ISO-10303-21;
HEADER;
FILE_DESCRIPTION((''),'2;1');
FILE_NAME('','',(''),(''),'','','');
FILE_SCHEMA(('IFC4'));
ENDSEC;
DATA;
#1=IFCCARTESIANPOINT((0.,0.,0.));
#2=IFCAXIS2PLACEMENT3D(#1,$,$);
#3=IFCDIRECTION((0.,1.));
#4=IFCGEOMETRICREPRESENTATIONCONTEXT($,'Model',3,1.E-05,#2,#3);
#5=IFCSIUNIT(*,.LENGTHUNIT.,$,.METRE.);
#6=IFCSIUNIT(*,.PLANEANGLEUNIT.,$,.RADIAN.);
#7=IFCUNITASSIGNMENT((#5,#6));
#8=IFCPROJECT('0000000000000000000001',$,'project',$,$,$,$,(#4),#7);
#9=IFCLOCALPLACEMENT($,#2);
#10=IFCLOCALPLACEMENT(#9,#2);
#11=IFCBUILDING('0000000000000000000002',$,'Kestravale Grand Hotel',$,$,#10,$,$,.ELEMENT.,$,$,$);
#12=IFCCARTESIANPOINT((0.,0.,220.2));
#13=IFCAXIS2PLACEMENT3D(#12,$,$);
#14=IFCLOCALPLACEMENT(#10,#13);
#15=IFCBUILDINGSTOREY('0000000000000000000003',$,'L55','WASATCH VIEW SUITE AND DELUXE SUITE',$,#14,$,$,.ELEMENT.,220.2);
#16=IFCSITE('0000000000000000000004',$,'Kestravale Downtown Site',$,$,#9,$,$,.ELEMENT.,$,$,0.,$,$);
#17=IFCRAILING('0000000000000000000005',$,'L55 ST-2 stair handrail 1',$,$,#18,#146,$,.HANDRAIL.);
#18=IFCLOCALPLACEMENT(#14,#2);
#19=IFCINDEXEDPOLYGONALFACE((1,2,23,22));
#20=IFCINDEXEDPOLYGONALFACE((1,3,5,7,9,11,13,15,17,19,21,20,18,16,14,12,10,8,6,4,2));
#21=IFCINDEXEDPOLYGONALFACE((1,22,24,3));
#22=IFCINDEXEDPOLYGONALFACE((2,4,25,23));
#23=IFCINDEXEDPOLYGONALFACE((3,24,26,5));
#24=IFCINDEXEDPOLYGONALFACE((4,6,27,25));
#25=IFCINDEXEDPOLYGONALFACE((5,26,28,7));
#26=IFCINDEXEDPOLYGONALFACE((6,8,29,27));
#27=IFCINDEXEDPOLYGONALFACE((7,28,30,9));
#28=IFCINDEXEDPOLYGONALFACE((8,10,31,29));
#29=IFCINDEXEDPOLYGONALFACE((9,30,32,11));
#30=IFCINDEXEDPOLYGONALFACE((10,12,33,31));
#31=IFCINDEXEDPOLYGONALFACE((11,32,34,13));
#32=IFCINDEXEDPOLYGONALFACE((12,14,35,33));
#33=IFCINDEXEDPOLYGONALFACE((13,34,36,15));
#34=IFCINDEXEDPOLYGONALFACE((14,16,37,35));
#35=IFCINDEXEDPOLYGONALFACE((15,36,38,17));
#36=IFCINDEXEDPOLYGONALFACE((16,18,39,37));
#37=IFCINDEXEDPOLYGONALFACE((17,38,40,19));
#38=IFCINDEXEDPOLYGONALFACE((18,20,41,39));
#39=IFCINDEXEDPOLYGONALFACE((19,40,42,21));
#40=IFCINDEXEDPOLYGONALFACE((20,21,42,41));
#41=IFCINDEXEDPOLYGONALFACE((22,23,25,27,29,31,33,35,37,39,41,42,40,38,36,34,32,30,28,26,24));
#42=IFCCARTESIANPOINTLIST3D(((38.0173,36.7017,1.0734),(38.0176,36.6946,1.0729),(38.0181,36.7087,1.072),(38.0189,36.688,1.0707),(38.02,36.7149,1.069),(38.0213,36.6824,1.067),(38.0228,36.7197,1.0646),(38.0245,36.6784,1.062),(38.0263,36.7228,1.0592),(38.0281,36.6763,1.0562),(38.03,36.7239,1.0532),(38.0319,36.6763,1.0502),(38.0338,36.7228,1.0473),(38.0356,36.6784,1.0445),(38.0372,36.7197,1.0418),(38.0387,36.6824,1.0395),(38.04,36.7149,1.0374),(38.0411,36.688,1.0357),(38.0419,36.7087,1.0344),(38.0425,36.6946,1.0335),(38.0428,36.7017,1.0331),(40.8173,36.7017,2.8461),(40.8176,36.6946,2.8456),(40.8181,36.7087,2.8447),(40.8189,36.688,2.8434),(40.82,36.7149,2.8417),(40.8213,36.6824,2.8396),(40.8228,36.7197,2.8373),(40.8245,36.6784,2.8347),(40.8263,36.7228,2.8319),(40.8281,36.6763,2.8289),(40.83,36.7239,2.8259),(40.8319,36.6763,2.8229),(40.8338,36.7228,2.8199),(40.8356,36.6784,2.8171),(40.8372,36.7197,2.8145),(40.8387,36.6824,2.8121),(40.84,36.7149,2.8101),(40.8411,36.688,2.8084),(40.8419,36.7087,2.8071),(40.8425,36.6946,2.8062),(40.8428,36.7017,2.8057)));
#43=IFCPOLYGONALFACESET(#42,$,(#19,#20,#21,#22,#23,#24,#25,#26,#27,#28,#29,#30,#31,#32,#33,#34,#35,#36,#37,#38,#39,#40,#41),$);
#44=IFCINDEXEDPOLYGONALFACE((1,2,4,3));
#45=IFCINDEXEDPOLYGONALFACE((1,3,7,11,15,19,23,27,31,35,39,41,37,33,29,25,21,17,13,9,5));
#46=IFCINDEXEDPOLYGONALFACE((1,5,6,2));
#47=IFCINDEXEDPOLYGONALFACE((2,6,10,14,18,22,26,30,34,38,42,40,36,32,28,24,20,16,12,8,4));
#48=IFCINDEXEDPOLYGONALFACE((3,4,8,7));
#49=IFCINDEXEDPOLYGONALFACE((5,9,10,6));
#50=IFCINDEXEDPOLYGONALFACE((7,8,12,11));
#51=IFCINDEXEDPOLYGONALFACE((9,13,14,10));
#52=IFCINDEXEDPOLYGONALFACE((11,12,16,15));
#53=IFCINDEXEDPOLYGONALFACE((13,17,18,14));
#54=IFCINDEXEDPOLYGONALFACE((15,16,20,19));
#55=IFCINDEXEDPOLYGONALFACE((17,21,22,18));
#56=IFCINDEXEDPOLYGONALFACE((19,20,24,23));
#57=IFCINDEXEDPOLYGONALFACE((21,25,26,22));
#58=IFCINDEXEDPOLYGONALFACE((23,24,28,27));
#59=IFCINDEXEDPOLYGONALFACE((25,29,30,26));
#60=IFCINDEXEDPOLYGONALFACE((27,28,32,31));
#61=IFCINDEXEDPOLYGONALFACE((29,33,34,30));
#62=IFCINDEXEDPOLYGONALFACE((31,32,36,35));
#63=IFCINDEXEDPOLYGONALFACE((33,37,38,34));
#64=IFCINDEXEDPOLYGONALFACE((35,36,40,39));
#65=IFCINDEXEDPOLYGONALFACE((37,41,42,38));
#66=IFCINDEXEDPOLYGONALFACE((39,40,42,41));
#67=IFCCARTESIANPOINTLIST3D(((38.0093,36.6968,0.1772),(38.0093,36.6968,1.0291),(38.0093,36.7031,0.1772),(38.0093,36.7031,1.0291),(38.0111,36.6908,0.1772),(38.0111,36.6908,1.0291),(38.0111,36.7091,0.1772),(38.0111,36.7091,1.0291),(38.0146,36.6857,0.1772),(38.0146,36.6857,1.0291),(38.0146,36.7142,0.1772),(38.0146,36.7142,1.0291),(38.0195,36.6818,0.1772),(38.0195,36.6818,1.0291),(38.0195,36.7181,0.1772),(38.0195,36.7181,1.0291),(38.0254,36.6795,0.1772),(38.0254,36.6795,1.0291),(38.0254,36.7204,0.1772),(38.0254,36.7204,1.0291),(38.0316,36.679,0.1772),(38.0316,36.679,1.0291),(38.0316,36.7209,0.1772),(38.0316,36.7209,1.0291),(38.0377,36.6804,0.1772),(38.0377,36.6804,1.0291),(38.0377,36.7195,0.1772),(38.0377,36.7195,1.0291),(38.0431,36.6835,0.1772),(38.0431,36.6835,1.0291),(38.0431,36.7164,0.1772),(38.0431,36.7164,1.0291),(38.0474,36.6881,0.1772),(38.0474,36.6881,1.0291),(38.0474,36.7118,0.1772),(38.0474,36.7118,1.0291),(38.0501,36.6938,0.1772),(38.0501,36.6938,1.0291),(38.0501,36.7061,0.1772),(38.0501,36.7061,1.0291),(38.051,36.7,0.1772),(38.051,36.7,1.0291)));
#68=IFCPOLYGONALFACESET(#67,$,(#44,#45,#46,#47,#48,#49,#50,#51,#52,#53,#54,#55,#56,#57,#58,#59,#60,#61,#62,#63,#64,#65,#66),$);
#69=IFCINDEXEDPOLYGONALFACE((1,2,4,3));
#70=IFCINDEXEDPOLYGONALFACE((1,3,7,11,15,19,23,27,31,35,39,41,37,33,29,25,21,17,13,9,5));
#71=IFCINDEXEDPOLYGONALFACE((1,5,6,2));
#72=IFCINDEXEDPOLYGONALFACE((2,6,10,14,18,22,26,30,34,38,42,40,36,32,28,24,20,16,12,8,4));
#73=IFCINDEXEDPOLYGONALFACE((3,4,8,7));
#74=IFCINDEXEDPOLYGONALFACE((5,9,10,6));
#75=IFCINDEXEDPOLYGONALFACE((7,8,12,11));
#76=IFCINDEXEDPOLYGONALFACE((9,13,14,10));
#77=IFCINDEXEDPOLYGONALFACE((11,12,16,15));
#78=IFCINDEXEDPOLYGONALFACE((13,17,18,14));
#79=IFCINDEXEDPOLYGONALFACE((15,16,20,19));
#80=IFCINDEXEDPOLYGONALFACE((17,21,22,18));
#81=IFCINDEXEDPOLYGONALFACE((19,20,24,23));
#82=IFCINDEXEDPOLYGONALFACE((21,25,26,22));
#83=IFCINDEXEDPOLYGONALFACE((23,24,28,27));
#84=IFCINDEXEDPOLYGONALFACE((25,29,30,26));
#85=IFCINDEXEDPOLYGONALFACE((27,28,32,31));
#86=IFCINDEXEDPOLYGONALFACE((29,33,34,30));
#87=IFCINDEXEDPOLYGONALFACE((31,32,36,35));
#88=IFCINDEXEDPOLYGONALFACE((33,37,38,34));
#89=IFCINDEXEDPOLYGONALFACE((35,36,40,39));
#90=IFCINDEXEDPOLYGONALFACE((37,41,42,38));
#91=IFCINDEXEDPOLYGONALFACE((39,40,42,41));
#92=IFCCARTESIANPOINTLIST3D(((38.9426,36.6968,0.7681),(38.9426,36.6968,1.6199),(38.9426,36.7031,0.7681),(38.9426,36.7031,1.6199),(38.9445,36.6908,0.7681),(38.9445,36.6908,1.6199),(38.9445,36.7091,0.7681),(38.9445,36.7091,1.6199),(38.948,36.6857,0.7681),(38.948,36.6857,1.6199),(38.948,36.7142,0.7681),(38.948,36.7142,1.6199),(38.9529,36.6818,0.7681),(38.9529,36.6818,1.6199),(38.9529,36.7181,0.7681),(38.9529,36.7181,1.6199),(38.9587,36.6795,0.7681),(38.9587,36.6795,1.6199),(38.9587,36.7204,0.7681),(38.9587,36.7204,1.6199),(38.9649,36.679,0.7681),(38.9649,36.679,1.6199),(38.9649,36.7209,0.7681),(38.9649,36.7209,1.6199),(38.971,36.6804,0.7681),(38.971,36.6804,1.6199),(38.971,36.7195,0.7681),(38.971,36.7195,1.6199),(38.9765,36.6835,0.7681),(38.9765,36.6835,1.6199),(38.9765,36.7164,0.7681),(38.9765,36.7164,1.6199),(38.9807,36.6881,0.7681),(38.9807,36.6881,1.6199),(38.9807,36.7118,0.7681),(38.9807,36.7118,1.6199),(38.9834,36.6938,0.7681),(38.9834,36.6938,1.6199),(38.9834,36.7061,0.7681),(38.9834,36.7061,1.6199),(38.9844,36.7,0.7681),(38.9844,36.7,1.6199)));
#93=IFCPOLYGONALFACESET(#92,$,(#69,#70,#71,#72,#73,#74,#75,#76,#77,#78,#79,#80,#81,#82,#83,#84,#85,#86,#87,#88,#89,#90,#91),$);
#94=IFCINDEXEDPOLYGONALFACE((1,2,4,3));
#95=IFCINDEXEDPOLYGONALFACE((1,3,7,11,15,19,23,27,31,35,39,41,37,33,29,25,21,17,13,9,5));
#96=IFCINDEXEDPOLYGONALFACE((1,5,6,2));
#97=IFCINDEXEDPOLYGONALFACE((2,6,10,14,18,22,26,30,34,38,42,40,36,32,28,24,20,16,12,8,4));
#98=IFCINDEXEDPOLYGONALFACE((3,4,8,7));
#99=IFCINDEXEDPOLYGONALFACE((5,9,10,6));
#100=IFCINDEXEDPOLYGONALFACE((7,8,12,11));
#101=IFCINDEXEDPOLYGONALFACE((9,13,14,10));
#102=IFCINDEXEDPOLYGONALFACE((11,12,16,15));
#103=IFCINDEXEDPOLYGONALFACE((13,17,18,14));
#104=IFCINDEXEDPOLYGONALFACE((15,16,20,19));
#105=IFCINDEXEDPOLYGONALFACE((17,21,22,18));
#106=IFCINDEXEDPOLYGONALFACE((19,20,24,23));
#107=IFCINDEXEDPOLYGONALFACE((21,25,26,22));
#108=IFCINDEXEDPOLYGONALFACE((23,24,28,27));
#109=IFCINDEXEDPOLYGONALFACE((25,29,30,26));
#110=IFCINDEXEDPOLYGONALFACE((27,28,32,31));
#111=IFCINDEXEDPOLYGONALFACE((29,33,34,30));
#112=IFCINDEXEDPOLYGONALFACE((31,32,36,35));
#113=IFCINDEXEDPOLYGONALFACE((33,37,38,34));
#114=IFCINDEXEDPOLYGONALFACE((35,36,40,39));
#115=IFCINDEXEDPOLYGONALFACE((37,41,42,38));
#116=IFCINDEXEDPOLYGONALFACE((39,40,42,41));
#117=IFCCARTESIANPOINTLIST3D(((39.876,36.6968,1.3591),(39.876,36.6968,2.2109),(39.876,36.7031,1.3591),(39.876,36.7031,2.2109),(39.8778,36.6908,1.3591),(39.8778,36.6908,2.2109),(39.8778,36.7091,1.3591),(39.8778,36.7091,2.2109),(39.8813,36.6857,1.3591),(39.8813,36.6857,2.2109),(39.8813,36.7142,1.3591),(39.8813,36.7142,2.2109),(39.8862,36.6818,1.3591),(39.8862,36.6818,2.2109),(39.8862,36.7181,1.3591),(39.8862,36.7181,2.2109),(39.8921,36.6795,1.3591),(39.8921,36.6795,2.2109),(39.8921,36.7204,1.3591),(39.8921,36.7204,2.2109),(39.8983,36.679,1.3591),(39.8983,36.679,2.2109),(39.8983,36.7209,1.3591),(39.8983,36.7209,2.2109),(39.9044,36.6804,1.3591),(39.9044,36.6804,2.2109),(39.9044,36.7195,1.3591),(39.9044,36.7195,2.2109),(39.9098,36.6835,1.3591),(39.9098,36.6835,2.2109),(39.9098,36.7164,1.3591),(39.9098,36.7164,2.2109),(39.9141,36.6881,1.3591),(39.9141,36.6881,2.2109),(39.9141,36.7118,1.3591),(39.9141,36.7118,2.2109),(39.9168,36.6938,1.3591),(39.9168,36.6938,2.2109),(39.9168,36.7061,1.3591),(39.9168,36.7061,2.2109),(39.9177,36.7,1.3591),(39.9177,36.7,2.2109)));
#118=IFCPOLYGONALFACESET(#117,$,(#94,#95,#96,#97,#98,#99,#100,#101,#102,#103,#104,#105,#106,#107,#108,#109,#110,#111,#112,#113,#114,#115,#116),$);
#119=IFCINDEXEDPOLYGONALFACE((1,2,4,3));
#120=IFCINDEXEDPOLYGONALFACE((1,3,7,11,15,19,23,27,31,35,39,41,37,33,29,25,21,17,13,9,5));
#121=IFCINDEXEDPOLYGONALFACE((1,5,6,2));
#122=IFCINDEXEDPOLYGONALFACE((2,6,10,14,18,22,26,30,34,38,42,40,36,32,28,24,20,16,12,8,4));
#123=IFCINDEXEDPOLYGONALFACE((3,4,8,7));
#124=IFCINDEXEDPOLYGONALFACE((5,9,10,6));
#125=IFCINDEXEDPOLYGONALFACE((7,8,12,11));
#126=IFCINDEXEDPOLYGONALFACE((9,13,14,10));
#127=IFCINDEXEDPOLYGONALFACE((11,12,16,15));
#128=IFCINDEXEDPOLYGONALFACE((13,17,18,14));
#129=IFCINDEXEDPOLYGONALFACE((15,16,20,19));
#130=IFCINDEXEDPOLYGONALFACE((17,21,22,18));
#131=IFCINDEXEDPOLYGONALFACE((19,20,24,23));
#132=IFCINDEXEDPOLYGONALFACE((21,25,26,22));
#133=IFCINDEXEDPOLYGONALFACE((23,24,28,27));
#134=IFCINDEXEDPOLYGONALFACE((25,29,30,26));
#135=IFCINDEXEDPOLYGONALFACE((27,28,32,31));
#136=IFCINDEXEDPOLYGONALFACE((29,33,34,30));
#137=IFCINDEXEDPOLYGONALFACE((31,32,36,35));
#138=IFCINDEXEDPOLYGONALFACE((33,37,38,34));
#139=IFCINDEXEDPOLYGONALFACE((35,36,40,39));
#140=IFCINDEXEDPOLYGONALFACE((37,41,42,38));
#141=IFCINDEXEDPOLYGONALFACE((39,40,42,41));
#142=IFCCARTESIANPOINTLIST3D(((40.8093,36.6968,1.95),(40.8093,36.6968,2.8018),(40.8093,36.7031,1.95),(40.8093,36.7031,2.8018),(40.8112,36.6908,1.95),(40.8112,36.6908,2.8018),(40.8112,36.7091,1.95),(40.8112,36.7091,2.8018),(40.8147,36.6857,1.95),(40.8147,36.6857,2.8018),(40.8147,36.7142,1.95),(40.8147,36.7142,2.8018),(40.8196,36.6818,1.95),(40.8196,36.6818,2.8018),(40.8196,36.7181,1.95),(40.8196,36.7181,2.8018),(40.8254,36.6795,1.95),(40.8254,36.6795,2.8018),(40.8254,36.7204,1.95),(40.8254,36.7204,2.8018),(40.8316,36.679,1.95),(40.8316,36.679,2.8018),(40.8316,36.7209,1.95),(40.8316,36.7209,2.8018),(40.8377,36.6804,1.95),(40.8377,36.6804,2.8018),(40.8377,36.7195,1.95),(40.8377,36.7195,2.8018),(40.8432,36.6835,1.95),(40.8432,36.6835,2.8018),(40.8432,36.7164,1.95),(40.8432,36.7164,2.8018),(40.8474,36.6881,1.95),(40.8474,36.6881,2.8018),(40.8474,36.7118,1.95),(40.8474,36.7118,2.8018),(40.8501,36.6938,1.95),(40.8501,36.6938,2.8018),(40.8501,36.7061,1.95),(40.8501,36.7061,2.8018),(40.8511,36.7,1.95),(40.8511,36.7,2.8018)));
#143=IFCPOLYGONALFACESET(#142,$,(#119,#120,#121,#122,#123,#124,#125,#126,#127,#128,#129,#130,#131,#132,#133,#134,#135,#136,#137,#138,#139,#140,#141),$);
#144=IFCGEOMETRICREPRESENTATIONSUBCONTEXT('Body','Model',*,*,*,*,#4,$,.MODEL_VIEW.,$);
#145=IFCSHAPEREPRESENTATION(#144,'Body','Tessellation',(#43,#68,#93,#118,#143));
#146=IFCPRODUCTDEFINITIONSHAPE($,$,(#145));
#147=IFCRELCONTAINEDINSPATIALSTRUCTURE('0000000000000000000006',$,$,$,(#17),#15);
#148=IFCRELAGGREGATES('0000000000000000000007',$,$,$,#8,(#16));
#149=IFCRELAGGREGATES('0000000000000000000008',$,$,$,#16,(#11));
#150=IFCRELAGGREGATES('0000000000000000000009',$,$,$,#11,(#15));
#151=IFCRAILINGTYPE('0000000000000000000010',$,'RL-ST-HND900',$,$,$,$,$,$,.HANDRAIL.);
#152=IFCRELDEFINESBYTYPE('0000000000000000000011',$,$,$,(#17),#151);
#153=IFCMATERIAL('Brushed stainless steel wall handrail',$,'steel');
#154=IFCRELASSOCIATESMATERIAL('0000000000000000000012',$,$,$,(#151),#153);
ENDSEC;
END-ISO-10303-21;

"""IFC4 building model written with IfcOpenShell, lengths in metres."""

from ifc_helpers import new_model, si_unit, direction, frame, origin, origin_2d, place, context, subcontext, project, spatial, circle, extrude, material, type_object, element, save


model = new_model("IFC4")

# Units and contexts
model_context = context("Model", 3, precision=1e-05, world=origin(), true_north=direction((0.0, 1.0)))
body_context = subcontext(model_context, "Body", "Model", "MODEL_VIEW")
ifc_project = project(units=[si_unit("LENGTHUNIT", "METRE"), si_unit("PLANEANGLEUNIT", "RADIAN")], contexts=[model_context])

# Site, building, storey
site_placement = place(None, origin())
site = spatial("IfcSite", under=ifc_project, at=site_placement, Name="Kestravale Downtown Site", CompositionType="ELEMENT", RefElevation=0.0)
building_placement = place(site_placement, origin())
building = spatial("IfcBuilding", under=site, at=building_placement, Name="Kestravale Grand Hotel", CompositionType="ELEMENT")
storey_placement = place(building_placement, frame((0.0, 0.0, 220.2)))
storey = spatial("IfcBuildingStorey", under=building, at=storey_placement, Name="L55", Description="WASATCH VIEW SUITE AND DELUXE SUITE", CompositionType="ELEMENT", Elevation=220.2)

# Railing
ifc_material_1 = material(Name="Brushed stainless steel wall handrail", Category="steel")
railing_type = type_object("IfcRailingType", Name="RL-ST-HND900", PredefinedType="HANDRAIL", material=ifc_material_1)
railing_placement = place(storey_placement, frame((38.03, 36.7, 0.1772)))
element("IfcRailing", 1, at=railing_placement, inside=storey, type_object=railing_type, Name="L55 ST-2 stair handrail 1", PredefinedType="HANDRAIL", context=body_context, shape_type="SweptSolid", body=[
    extrude(circle(Radius=0.0239, at=origin_2d()), frame((0.0, 0.0, 0.876), z_axis=(0.844909, 0.0, 0.53491), x_axis=(0.0, 1.0, 0.0)), (0.0, 0.0, 1.0), 3.314),
    extrude(circle(Radius=0.021, at=origin_2d()), origin(), (0.0, 0.0, 1.0), 0.8518),
    extrude(circle(Radius=0.021, at=origin_2d()), frame((0.9333, 0.0, 0.5908)), (0.0, 0.0, 1.0), 0.8518),
    extrude(circle(Radius=0.021, at=origin_2d()), frame((1.8667, 0.0, 1.1819)), (0.0, 0.0, 1.0), 0.8518),
    extrude(circle(Radius=0.021, at=origin_2d()), frame((2.8, 0.0, 1.7727)), (0.0, 0.0, 1.0), 0.8518),
])

save(model, "model.ifc")
